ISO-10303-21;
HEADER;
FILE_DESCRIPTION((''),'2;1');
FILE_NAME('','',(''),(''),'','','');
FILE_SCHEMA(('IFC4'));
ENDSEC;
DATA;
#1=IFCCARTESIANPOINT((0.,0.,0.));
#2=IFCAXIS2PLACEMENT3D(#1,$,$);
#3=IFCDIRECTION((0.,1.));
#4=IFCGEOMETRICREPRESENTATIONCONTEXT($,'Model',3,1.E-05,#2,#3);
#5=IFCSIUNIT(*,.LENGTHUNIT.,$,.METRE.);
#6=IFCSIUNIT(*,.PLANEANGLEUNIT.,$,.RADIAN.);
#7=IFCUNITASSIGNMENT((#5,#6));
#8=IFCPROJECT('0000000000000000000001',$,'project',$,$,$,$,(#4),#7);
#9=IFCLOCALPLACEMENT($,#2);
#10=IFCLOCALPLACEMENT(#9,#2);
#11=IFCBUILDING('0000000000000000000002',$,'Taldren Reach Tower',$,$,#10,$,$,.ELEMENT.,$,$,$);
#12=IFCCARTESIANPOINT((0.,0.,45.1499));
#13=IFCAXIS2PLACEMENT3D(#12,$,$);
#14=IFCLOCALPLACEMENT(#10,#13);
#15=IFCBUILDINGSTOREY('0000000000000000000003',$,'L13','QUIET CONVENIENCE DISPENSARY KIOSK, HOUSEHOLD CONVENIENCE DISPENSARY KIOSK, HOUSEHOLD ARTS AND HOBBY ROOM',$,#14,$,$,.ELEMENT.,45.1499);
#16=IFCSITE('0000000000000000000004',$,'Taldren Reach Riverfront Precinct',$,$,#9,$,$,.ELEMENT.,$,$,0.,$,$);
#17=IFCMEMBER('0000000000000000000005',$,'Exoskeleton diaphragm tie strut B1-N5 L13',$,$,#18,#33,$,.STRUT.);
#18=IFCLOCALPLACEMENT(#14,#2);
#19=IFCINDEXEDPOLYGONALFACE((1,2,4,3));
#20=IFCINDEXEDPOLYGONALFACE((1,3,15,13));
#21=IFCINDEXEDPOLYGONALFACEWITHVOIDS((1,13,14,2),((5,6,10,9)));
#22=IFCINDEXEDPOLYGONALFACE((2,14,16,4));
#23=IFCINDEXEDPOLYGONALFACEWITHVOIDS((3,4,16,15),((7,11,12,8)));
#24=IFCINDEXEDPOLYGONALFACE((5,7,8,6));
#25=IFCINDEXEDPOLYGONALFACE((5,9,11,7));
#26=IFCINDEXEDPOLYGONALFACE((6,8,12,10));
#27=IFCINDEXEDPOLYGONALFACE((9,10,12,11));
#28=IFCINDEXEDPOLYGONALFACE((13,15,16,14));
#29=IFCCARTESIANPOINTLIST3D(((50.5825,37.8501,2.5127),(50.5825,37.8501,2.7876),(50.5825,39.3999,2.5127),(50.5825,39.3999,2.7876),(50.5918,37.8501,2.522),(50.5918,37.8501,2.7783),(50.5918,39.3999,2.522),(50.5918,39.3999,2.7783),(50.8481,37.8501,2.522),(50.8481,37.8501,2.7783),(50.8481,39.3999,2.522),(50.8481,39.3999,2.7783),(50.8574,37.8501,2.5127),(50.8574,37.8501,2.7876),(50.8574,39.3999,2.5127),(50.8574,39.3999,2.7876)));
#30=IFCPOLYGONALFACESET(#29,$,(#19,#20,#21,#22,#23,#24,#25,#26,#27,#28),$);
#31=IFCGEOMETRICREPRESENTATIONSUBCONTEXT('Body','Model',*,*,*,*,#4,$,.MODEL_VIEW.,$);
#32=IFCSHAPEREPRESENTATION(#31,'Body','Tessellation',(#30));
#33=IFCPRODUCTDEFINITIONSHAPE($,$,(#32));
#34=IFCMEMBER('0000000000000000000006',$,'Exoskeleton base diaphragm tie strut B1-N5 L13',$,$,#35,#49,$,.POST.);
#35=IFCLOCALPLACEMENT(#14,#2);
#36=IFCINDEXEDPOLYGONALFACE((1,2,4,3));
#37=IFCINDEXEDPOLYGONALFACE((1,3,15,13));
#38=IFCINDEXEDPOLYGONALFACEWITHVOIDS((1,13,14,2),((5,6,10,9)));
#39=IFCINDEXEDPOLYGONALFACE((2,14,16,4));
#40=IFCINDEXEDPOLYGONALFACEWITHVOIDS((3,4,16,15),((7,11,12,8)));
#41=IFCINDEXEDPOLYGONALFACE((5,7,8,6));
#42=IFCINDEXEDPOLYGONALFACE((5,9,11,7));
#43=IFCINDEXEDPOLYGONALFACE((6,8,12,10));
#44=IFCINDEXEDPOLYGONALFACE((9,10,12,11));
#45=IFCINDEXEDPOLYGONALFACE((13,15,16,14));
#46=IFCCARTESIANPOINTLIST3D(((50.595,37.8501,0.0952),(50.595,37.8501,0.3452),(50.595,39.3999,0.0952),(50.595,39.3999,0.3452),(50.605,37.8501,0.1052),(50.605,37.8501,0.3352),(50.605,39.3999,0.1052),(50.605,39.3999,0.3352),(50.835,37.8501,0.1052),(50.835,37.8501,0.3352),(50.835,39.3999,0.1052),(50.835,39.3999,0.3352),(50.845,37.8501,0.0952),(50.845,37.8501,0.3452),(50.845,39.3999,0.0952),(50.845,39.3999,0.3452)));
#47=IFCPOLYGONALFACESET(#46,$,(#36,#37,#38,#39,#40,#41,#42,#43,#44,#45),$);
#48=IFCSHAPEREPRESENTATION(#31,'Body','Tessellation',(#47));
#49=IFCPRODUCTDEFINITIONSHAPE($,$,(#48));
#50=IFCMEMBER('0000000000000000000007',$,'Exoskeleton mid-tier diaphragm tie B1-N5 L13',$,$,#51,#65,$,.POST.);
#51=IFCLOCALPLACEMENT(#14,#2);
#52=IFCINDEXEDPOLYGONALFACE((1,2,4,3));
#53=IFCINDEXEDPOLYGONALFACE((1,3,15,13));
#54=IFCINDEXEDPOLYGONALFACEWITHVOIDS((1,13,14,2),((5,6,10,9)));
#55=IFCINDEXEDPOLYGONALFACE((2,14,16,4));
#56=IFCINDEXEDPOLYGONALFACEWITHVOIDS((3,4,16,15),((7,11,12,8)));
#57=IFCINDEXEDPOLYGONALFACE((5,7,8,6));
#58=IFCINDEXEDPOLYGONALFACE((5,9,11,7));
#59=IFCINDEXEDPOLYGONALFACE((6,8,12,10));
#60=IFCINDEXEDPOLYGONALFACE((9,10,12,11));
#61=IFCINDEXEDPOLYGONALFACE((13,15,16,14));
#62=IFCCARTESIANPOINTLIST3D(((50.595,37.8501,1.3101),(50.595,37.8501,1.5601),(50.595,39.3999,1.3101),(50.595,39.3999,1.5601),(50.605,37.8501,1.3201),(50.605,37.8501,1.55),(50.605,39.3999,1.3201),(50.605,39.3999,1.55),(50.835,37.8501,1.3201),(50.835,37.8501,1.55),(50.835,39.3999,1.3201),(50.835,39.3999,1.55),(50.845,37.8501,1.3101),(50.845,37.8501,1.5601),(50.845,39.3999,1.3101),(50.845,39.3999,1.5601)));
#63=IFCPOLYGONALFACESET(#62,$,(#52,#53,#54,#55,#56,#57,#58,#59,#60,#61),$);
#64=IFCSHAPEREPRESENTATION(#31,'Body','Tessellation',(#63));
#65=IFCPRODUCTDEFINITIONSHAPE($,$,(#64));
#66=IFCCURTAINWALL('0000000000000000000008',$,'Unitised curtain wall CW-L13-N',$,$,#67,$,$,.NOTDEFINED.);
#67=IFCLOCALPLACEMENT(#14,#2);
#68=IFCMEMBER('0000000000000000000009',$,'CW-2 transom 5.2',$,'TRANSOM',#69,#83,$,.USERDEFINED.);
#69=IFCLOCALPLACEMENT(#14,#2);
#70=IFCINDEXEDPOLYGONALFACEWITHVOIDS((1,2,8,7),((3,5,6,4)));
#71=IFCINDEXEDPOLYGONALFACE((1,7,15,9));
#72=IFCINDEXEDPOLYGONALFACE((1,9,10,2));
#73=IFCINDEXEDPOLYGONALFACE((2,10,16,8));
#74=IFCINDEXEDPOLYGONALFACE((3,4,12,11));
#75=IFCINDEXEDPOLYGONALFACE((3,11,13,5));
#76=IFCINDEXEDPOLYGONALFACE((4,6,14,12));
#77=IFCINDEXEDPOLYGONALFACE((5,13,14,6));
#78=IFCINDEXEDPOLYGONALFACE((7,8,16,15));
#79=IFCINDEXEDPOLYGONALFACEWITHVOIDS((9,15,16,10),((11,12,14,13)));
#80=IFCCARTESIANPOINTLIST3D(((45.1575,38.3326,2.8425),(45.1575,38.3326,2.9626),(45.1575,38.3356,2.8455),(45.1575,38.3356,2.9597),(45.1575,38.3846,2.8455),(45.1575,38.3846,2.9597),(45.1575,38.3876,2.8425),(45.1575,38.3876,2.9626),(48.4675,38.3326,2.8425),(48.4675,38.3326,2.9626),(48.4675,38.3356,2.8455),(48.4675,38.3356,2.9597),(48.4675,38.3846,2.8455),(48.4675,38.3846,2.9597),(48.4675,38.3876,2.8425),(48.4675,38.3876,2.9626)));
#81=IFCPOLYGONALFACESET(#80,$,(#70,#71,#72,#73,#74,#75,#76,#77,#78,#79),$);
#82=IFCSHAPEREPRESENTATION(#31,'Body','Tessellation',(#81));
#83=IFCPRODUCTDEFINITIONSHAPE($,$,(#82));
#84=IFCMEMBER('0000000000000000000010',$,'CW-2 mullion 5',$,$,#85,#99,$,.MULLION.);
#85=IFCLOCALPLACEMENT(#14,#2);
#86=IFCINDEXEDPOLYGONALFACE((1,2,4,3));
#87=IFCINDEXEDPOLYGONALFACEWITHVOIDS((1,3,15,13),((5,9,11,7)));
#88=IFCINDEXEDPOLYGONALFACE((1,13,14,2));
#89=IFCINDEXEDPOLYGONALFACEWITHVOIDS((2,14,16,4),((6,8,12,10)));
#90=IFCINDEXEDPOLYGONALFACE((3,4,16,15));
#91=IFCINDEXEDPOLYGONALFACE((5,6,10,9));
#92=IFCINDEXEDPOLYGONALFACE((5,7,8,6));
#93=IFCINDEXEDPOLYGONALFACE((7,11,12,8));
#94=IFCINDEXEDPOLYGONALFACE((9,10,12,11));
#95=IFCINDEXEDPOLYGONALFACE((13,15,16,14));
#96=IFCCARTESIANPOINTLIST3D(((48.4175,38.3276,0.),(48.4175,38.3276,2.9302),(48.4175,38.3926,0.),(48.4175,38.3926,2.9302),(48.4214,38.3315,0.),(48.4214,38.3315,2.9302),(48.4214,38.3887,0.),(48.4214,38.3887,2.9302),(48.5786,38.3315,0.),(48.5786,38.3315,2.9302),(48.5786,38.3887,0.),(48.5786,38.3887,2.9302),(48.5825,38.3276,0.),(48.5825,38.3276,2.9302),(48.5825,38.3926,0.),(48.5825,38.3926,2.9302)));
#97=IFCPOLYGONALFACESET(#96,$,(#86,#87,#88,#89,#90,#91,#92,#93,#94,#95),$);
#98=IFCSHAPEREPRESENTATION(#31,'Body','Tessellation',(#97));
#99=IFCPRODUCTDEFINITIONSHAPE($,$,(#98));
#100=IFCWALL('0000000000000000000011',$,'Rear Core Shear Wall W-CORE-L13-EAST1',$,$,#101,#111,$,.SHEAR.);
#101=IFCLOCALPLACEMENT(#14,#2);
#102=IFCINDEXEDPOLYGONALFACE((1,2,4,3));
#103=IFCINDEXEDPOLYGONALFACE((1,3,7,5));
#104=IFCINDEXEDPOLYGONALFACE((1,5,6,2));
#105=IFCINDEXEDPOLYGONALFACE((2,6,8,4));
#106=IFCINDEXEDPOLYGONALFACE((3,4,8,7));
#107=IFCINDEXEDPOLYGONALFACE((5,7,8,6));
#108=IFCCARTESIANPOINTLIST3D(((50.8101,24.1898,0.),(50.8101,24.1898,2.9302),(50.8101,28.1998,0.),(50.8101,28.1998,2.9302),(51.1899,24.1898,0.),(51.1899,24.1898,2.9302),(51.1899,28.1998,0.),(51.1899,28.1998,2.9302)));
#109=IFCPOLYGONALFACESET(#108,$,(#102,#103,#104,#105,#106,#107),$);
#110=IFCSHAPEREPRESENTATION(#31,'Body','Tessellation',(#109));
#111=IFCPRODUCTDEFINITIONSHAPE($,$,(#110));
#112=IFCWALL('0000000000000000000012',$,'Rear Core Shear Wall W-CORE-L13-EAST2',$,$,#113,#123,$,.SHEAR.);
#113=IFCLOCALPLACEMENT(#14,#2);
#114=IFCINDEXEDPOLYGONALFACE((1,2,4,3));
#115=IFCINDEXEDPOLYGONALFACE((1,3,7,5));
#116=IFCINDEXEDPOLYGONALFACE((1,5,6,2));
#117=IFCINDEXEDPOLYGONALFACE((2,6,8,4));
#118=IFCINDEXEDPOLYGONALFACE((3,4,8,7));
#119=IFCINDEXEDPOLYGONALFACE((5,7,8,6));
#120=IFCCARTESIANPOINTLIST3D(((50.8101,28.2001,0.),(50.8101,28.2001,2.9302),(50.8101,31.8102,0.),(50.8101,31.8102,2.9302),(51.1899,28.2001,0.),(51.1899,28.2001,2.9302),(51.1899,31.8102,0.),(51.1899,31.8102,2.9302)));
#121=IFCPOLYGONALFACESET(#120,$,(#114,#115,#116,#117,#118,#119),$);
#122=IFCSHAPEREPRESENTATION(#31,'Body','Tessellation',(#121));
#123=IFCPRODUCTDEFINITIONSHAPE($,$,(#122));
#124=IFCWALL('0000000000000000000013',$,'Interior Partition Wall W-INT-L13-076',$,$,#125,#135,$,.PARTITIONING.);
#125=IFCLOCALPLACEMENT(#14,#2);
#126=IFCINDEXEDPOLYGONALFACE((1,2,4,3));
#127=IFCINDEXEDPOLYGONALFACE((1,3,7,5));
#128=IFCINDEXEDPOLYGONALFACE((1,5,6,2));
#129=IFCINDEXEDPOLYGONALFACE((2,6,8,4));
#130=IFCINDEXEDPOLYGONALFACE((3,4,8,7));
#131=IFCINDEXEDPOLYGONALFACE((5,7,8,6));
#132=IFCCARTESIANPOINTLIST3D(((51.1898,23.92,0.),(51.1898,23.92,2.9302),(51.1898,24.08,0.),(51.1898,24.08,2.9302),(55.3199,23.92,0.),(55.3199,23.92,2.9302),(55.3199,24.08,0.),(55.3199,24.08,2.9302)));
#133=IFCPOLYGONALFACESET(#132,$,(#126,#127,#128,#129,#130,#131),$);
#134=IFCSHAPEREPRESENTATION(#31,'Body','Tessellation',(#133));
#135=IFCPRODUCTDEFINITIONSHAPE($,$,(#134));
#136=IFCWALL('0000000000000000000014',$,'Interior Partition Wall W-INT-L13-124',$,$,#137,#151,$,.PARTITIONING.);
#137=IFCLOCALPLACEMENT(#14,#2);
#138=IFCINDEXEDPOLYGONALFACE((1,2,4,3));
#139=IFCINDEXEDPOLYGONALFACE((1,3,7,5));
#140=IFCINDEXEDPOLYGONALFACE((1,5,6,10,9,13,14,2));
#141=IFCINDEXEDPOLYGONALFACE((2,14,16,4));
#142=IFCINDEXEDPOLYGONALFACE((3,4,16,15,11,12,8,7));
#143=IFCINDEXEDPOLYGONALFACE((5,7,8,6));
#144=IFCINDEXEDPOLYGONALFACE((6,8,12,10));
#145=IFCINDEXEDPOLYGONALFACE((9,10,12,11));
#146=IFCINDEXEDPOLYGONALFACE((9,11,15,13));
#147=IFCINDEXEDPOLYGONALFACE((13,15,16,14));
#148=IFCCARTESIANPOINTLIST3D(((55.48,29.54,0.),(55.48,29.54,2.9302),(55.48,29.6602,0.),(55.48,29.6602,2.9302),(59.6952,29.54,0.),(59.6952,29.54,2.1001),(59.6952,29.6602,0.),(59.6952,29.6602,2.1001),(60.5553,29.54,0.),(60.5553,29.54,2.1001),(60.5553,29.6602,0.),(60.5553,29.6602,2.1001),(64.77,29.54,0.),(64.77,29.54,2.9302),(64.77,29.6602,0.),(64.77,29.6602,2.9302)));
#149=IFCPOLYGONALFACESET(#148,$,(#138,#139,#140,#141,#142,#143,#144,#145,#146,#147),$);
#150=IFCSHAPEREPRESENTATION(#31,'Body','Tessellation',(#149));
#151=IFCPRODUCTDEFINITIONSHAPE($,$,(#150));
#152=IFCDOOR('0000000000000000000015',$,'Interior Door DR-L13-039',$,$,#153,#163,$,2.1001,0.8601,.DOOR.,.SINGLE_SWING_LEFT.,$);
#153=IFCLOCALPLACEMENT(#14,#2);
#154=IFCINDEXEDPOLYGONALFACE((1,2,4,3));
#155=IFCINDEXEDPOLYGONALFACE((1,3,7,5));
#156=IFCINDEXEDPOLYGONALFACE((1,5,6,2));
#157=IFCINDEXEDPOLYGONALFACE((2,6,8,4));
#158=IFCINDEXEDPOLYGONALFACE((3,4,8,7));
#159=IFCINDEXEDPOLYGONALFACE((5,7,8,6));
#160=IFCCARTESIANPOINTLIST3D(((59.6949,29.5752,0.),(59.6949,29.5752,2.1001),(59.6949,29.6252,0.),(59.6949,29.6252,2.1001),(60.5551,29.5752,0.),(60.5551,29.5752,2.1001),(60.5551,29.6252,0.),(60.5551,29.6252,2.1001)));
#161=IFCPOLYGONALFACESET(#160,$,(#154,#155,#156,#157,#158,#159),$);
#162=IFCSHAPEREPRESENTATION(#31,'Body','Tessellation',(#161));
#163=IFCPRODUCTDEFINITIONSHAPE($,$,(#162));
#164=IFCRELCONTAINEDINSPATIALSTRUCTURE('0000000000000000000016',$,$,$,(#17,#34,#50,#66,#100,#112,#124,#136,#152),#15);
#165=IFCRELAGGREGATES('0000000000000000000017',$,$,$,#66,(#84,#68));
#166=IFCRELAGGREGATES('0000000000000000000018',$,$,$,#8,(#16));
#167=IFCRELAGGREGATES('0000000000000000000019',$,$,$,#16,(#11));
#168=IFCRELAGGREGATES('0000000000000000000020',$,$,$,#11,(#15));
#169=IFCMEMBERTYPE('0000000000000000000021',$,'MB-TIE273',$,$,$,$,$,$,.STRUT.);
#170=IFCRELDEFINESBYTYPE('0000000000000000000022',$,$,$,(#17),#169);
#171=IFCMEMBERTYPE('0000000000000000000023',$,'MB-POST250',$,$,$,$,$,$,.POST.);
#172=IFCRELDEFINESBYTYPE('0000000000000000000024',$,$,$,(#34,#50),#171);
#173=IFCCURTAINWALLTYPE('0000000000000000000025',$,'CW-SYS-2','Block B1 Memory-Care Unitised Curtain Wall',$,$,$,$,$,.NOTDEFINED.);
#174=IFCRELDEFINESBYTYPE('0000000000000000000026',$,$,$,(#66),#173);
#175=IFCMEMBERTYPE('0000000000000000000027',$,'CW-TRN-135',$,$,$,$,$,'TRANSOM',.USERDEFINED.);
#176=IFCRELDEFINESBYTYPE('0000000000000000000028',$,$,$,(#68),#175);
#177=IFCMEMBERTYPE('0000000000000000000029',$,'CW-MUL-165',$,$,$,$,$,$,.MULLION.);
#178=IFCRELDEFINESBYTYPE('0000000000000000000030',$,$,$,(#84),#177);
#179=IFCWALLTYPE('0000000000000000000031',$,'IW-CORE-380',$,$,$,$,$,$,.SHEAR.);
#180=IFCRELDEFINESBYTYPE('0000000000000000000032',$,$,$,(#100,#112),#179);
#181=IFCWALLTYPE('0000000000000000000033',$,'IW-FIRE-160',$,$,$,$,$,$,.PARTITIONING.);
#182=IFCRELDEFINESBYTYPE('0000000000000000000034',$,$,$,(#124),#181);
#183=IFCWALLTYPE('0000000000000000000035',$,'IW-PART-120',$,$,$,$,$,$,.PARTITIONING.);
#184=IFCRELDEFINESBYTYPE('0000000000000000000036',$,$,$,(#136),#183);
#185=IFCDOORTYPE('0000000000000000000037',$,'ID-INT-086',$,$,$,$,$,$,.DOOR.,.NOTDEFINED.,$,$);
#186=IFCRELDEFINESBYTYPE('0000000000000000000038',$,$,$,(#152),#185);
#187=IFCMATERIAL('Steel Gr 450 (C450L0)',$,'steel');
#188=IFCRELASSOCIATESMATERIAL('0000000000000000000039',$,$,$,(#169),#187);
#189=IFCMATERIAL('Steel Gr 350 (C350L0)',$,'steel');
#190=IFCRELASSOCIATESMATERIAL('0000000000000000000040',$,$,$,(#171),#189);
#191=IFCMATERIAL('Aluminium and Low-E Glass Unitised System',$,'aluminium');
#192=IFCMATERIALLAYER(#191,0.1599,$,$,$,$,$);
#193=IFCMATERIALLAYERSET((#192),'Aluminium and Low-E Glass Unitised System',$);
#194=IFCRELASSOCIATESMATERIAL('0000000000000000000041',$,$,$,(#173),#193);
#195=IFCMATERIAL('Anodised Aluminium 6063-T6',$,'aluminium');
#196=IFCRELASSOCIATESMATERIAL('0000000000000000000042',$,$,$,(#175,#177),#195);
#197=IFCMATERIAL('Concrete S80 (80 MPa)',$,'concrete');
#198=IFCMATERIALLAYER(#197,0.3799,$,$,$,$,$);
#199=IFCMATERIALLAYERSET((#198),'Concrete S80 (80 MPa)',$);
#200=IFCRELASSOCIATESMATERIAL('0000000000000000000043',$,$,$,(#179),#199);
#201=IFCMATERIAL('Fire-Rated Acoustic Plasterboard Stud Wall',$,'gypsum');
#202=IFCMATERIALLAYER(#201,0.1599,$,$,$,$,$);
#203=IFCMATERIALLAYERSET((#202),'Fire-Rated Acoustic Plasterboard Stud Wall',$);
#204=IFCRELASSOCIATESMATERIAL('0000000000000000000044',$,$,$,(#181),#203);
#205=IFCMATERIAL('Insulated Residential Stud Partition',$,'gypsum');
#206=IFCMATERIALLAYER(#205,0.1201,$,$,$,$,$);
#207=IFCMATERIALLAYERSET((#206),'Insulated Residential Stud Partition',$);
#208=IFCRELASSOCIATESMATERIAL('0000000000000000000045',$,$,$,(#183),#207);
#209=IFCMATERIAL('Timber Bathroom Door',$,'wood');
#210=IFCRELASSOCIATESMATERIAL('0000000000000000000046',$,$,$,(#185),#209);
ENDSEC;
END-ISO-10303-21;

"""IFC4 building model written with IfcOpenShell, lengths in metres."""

from ifc_helpers import new_model, si_unit, direction, frame, frame_2d, origin, origin_2d, place, context, subcontext, project, spatial, rectangle, hollow_rectangle, extrude, source, transform, mapped, material, layer, layer_set, material_profile, profile_set, type_object, element, fill, aggregate, save


model = new_model("IFC4")

# Units and contexts
model_context = context("Model", 3, precision=1e-05, world=origin(), true_north=direction((0.0, 1.0)))
body_context = subcontext(model_context, "Body", "Model", "MODEL_VIEW")
ifc_project = project(units=[si_unit("LENGTHUNIT", "METRE"), si_unit("PLANEANGLEUNIT", "RADIAN")], contexts=[model_context])

# Site, building, storey
site_placement = place(None, origin())
site = spatial("IfcSite", under=ifc_project, at=site_placement, Name="Taldren Reach Riverfront Precinct", CompositionType="ELEMENT", RefElevation=0.0)
building_placement = place(site_placement, origin())
building = spatial("IfcBuilding", under=site, at=building_placement, Name="Taldren Reach Tower", CompositionType="ELEMENT")
storey_placement = place(building_placement, frame((0.0, 0.0, 45.1499)))
storey = spatial("IfcBuildingStorey", under=building, at=storey_placement, Name="L13", Description="QUIET CONVENIENCE DISPENSARY KIOSK, HOUSEHOLD CONVENIENCE DISPENSARY KIOSK, HOUSEHOLD ARTS AND HOBBY ROOM", CompositionType="ELEMENT", Elevation=45.1499)

# Members
ifc_material_1 = material(Name="Steel Gr 450 (C450L0)", Category="steel")
ifc_material_profile_1 = material_profile(ifc_material_1, hollow_rectangle(XDim=0.2749, YDim=0.2749, WallThickness=0.0093, at=origin_2d()), Name="275x275x9.3SHS")
ifc_profile_set_1 = profile_set([ifc_material_profile_1], Name="Steel Gr 450 (C450L0)")
member_type_1 = type_object("IfcMemberType", Name="MB-TIE273", PredefinedType="STRUT", material=ifc_profile_set_1)
shared_shape_1 = source(origin(), body_context, "Body", "SweptSolid", [
    extrude(hollow_rectangle(XDim=0.2749, YDim=0.2749, WallThickness=0.0093, at=origin_2d()), origin(), (0.0, 0.0, 1.0), 1.5498),
])
member_1_placement = place(storey_placement, frame((50.72, 37.8501, 2.6501), z_axis=(0.0, 1.0, 0.0), x_axis=(-1.0, 0.0, 0.0)))
element("IfcMember", 1, at=member_1_placement, inside=storey, type_object=member_type_1, Name="Exoskeleton diaphragm tie strut B1-N5 L13", PredefinedType="STRUT", context=body_context, shape_type="MappedRepresentation", body=[
    mapped(shared_shape_1, transform((0.0, 0.0, 0.0), scale=1.0)),
])
ifc_material_2 = material(Name="Steel Gr 350 (C350L0)", Category="steel")
ifc_material_profile_2 = material_profile(ifc_material_2, hollow_rectangle(XDim=0.25, YDim=0.25, WallThickness=0.01, at=origin_2d()), Name="250x250x10.0SHS")
ifc_profile_set_2 = profile_set([ifc_material_profile_2], Name="Steel Gr 350 (C350L0)")
member_type_2 = type_object("IfcMemberType", Name="MB-POST250", PredefinedType="POST", material=ifc_profile_set_2)
shared_shape_2 = source(origin(), body_context, "Body", "SweptSolid", [
    extrude(hollow_rectangle(XDim=0.25, YDim=0.25, WallThickness=0.01, at=origin_2d()), origin(), (0.0, 0.0, 1.0), 1.5498),
])
for number, where, z_axis, x_axis, name in (
    (2, (50.72, 37.8501, 0.2202), (0.0, 1.0, 0.0), (-1.0, 0.0, 0.0), "Exoskeleton base diaphragm tie strut B1-N5 L13"),
    (3, (50.72, 37.8501, 1.4351), (0.0, 1.0, 0.0), (-1.0, 0.0, 0.0), "Exoskeleton mid-tier diaphragm tie B1-N5 L13"),
):
    element("IfcMember", number, at=place(storey_placement, frame(where, z_axis=z_axis, x_axis=x_axis)), inside=storey, type_object=member_type_2, Name=name, PredefinedType="POST", context=body_context, shape_type="MappedRepresentation", body=[
        mapped(shared_shape_2, transform((0.0, 0.0, 0.0), scale=1.0)),
    ])

# Curtain wall, members
ifc_material_3 = material(Name="Aluminium and Low-E Glass Unitised System", Category="aluminium")
ifc_layer_1 = layer(ifc_material_3, 0.1599)
ifc_layer_set_1 = layer_set([ifc_layer_1], Name="Aluminium and Low-E Glass Unitised System")
curtain_wall_type = type_object("IfcCurtainWallType", Name="CW-SYS-2", Description="Block B1 Memory-Care Unitised Curtain Wall", PredefinedType="NOTDEFINED", material=ifc_layer_set_1)
curtain_wall_placement = place(storey_placement, origin())
curtain_wall = element("IfcCurtainWall", 4, at=curtain_wall_placement, inside=storey, type_object=curtain_wall_type, Name="Unitised curtain wall CW-L13-N", PredefinedType="NOTDEFINED")
ifc_material_4 = material(Name="Anodised Aluminium 6063-T6", Category="aluminium")
ifc_material_profile_3 = material_profile(ifc_material_4, hollow_rectangle(XDim=0.0549, YDim=0.1201, WallThickness=0.0029, at=origin_2d()), Name="ALU-120x55x3RHS")
ifc_profile_set_3 = profile_set([ifc_material_profile_3], Name="Anodised Aluminium 6063-T6")
member_type_3 = type_object("IfcMemberType", Name="CW-TRN-135", ElementType="TRANSOM", PredefinedType="USERDEFINED", material=ifc_profile_set_3)
shared_shape_3 = source(origin(), body_context, "Body", "SweptSolid", [
    extrude(hollow_rectangle(XDim=0.0549, YDim=0.1201, WallThickness=0.0029, at=origin_2d()), origin(), (0.0, 0.0, 1.0), 3.3101),
])
member_2_placement = place(storey_placement, frame((48.4675, 38.3601, 2.9026), z_axis=(-1.0, 0.0, 0.0), x_axis=(0.0, -1.0, 0.0)))
member_2 = element("IfcMember", 5, at=member_2_placement, type_object=member_type_3, Name="CW-2 transom 5.2", ObjectType="TRANSOM", PredefinedType="USERDEFINED", context=body_context, shape_type="MappedRepresentation", body=[
    mapped(shared_shape_3, transform((0.0, 0.0, 0.0), scale=1.0)),
])
ifc_material_profile_4 = material_profile(ifc_material_4, hollow_rectangle(XDim=0.0649, YDim=0.165, WallThickness=0.0039, at=origin_2d()), Name="ALU-165x65x4RHS")
ifc_profile_set_4 = profile_set([ifc_material_profile_4], Name="Anodised Aluminium 6063-T6")
member_type_4 = type_object("IfcMemberType", Name="CW-MUL-165", PredefinedType="MULLION", material=ifc_profile_set_4)
shared_shape_4 = source(origin(), body_context, "Body", "SweptSolid", [
    extrude(hollow_rectangle(XDim=0.0649, YDim=0.165, WallThickness=0.0039, at=origin_2d()), origin(), (0.0, 0.0, 1.0), 2.9302),
])
member_3_placement = place(storey_placement, frame((48.5, 38.3601, 0.0), z_axis=(0.0, 0.0, 1.0), x_axis=(0.0, -1.0, 0.0)))
member_3 = element("IfcMember", 6, at=member_3_placement, type_object=member_type_4, Name="CW-2 mullion 5", PredefinedType="MULLION", context=body_context, shape_type="MappedRepresentation", body=[
    mapped(shared_shape_4, transform((0.0, 0.0, 0.0), scale=1.0)),
])
aggregate(curtain_wall, [member_3, member_2])

# Walls
ifc_material_5 = material(Name="Concrete S80 (80 MPa)", Category="concrete")
ifc_layer_2 = layer(ifc_material_5, 0.3799)
ifc_layer_set_2 = layer_set([ifc_layer_2], Name="Concrete S80 (80 MPa)")
wall_type_1 = type_object("IfcWallType", Name="IW-CORE-380", PredefinedType="SHEAR", material=ifc_layer_set_2)
shared_shape_5 = source(origin(), body_context, "Body", "SweptSolid", [
    extrude(rectangle(XDim=4.01, YDim=0.3799, at=frame_2d((2.0049, 0.0))), origin(), (0.0, 0.0, 1.0), 2.9302),
])
wall_1_placement = place(storey_placement, frame((51.0, 24.1899, 0.0), z_axis=(0.0, 0.0, 1.0), x_axis=(0.0, 1.0, 0.0)))
element("IfcWall", 7, at=wall_1_placement, inside=storey, type_object=wall_type_1, Name="Rear Core Shear Wall W-CORE-L13-EAST1", PredefinedType="SHEAR", context=body_context, shape_type="MappedRepresentation", body=[
    mapped(shared_shape_5, transform((0.0, 0.0, 0.0), scale=1.0)),
])
shared_shape_6 = source(origin(), body_context, "Body", "SweptSolid", [
    extrude(rectangle(XDim=3.6101, YDim=0.3799, at=frame_2d((1.8052, 0.0))), origin(), (0.0, 0.0, 1.0), 2.9302),
])
wall_2_placement = place(storey_placement, frame((51.0, 28.2, 0.0), z_axis=(0.0, 0.0, 1.0), x_axis=(0.0, 1.0, 0.0)))
element("IfcWall", 8, at=wall_2_placement, inside=storey, type_object=wall_type_1, Name="Rear Core Shear Wall W-CORE-L13-EAST2", PredefinedType="SHEAR", context=body_context, shape_type="MappedRepresentation", body=[
    mapped(shared_shape_6, transform((0.0, 0.0, 0.0), scale=1.0)),
])
ifc_material_6 = material(Name="Fire-Rated Acoustic Plasterboard Stud Wall", Category="gypsum")
ifc_layer_3 = layer(ifc_material_6, 0.1599)
ifc_layer_set_3 = layer_set([ifc_layer_3], Name="Fire-Rated Acoustic Plasterboard Stud Wall")
wall_type_2 = type_object("IfcWallType", Name="IW-FIRE-160", PredefinedType="PARTITIONING", material=ifc_layer_set_3)
shared_shape_7 = source(origin(), body_context, "Body", "SweptSolid", [
    extrude(rectangle(XDim=4.1301, YDim=0.1599, at=frame_2d((2.0649, 0.0))), origin(), (0.0, 0.0, 1.0), 2.9302),
])
wall_3_placement = place(storey_placement, frame((51.1899, 24.0, 0.0), z_axis=(0.0, 0.0, 1.0), x_axis=(1.0, 0.0, 0.0)))
element("IfcWall", 9, at=wall_3_placement, inside=storey, type_object=wall_type_2, Name="Interior Partition Wall W-INT-L13-076", PredefinedType="PARTITIONING", context=body_context, shape_type="MappedRepresentation", body=[
    mapped(shared_shape_7, transform((0.0, 0.0, 0.0), scale=1.0)),
])

# Wall, opening, door
ifc_material_7 = material(Name="Insulated Residential Stud Partition", Category="gypsum")
ifc_layer_4 = layer(ifc_material_7, 0.1201)
ifc_layer_set_4 = layer_set([ifc_layer_4], Name="Insulated Residential Stud Partition")
wall_type_3 = type_object("IfcWallType", Name="IW-PART-120", PredefinedType="PARTITIONING", material=ifc_layer_set_4)
shared_shape_8 = source(origin(), body_context, "Body", "SweptSolid", [
    extrude(rectangle(XDim=9.29, YDim=0.1201, at=frame_2d((4.645, 0.0))), origin(), (0.0, 0.0, 1.0), 2.9302),
])
wall_4_placement = place(storey_placement, frame((55.48, 29.6001, 0.0), z_axis=(0.0, 0.0, 1.0), x_axis=(1.0, 0.0, 0.0)))
wall_4 = element("IfcWall", 10, at=wall_4_placement, inside=storey, type_object=wall_type_3, Name="Interior Partition Wall W-INT-L13-124", PredefinedType="PARTITIONING", context=body_context, shape_type="MappedRepresentation", body=[
    mapped(shared_shape_8, transform((0.0, 0.0, 0.0), scale=1.0)),
])
shared_shape_9 = source(origin(), body_context, "Body", "SweptSolid", [
    extrude(rectangle(XDim=0.8601, YDim=2.1001, at=frame_2d((0.4302, 1.05))), frame((0.0, 0.0701, 0.0), z_axis=(0.0, -1.0, 0.0), x_axis=(1.0, 0.0, 0.0)), (0.0, 0.0, 1.0), 0.1401),
])
opening_placement = place(wall_4_placement, frame((4.2151, 0.0, 0.0)))
opening = element("IfcOpeningElement", 11, at=opening_placement, cuts=wall_4, PredefinedType="OPENING", context=body_context, shape_type="MappedRepresentation", body=[
    mapped(shared_shape_9, transform((0.0, 0.0, 0.0), scale=1.0)),
])
ifc_material_8 = material(Name="Timber Bathroom Door", Category="wood")
door_type = type_object("IfcDoorType", Name="ID-INT-086", OperationType="NOTDEFINED", PredefinedType="DOOR", material=ifc_material_8)
shared_shape_10 = source(origin(), body_context, "Body", "SweptSolid", [
    extrude(rectangle(XDim=0.8601, YDim=2.1001, at=frame_2d((0.4302, 1.05))), frame((0.0, 0.0249, 0.0), z_axis=(0.0, -1.0, 0.0), x_axis=(1.0, 0.0, 0.0)), (0.0, 0.0, 1.0), 0.05),
])
door_placement = place(opening_placement, frame((0.8601, 0.0, 0.0), z_axis=(0.0, 0.0, 1.0), x_axis=(-1.0, 0.0, 0.0)))
door = element("IfcDoor", 12, at=door_placement, inside=storey, type_object=door_type, Name="Interior Door DR-L13-039", OperationType="SINGLE_SWING_LEFT", OverallHeight=2.1001, OverallWidth=0.8601, PredefinedType="DOOR", context=body_context, shape_type="MappedRepresentation", body=[
    mapped(shared_shape_10, transform((0.0, 0.0, 0.0), scale=1.0)),
])
fill(opening, door)

save(model, "model.ifc")
